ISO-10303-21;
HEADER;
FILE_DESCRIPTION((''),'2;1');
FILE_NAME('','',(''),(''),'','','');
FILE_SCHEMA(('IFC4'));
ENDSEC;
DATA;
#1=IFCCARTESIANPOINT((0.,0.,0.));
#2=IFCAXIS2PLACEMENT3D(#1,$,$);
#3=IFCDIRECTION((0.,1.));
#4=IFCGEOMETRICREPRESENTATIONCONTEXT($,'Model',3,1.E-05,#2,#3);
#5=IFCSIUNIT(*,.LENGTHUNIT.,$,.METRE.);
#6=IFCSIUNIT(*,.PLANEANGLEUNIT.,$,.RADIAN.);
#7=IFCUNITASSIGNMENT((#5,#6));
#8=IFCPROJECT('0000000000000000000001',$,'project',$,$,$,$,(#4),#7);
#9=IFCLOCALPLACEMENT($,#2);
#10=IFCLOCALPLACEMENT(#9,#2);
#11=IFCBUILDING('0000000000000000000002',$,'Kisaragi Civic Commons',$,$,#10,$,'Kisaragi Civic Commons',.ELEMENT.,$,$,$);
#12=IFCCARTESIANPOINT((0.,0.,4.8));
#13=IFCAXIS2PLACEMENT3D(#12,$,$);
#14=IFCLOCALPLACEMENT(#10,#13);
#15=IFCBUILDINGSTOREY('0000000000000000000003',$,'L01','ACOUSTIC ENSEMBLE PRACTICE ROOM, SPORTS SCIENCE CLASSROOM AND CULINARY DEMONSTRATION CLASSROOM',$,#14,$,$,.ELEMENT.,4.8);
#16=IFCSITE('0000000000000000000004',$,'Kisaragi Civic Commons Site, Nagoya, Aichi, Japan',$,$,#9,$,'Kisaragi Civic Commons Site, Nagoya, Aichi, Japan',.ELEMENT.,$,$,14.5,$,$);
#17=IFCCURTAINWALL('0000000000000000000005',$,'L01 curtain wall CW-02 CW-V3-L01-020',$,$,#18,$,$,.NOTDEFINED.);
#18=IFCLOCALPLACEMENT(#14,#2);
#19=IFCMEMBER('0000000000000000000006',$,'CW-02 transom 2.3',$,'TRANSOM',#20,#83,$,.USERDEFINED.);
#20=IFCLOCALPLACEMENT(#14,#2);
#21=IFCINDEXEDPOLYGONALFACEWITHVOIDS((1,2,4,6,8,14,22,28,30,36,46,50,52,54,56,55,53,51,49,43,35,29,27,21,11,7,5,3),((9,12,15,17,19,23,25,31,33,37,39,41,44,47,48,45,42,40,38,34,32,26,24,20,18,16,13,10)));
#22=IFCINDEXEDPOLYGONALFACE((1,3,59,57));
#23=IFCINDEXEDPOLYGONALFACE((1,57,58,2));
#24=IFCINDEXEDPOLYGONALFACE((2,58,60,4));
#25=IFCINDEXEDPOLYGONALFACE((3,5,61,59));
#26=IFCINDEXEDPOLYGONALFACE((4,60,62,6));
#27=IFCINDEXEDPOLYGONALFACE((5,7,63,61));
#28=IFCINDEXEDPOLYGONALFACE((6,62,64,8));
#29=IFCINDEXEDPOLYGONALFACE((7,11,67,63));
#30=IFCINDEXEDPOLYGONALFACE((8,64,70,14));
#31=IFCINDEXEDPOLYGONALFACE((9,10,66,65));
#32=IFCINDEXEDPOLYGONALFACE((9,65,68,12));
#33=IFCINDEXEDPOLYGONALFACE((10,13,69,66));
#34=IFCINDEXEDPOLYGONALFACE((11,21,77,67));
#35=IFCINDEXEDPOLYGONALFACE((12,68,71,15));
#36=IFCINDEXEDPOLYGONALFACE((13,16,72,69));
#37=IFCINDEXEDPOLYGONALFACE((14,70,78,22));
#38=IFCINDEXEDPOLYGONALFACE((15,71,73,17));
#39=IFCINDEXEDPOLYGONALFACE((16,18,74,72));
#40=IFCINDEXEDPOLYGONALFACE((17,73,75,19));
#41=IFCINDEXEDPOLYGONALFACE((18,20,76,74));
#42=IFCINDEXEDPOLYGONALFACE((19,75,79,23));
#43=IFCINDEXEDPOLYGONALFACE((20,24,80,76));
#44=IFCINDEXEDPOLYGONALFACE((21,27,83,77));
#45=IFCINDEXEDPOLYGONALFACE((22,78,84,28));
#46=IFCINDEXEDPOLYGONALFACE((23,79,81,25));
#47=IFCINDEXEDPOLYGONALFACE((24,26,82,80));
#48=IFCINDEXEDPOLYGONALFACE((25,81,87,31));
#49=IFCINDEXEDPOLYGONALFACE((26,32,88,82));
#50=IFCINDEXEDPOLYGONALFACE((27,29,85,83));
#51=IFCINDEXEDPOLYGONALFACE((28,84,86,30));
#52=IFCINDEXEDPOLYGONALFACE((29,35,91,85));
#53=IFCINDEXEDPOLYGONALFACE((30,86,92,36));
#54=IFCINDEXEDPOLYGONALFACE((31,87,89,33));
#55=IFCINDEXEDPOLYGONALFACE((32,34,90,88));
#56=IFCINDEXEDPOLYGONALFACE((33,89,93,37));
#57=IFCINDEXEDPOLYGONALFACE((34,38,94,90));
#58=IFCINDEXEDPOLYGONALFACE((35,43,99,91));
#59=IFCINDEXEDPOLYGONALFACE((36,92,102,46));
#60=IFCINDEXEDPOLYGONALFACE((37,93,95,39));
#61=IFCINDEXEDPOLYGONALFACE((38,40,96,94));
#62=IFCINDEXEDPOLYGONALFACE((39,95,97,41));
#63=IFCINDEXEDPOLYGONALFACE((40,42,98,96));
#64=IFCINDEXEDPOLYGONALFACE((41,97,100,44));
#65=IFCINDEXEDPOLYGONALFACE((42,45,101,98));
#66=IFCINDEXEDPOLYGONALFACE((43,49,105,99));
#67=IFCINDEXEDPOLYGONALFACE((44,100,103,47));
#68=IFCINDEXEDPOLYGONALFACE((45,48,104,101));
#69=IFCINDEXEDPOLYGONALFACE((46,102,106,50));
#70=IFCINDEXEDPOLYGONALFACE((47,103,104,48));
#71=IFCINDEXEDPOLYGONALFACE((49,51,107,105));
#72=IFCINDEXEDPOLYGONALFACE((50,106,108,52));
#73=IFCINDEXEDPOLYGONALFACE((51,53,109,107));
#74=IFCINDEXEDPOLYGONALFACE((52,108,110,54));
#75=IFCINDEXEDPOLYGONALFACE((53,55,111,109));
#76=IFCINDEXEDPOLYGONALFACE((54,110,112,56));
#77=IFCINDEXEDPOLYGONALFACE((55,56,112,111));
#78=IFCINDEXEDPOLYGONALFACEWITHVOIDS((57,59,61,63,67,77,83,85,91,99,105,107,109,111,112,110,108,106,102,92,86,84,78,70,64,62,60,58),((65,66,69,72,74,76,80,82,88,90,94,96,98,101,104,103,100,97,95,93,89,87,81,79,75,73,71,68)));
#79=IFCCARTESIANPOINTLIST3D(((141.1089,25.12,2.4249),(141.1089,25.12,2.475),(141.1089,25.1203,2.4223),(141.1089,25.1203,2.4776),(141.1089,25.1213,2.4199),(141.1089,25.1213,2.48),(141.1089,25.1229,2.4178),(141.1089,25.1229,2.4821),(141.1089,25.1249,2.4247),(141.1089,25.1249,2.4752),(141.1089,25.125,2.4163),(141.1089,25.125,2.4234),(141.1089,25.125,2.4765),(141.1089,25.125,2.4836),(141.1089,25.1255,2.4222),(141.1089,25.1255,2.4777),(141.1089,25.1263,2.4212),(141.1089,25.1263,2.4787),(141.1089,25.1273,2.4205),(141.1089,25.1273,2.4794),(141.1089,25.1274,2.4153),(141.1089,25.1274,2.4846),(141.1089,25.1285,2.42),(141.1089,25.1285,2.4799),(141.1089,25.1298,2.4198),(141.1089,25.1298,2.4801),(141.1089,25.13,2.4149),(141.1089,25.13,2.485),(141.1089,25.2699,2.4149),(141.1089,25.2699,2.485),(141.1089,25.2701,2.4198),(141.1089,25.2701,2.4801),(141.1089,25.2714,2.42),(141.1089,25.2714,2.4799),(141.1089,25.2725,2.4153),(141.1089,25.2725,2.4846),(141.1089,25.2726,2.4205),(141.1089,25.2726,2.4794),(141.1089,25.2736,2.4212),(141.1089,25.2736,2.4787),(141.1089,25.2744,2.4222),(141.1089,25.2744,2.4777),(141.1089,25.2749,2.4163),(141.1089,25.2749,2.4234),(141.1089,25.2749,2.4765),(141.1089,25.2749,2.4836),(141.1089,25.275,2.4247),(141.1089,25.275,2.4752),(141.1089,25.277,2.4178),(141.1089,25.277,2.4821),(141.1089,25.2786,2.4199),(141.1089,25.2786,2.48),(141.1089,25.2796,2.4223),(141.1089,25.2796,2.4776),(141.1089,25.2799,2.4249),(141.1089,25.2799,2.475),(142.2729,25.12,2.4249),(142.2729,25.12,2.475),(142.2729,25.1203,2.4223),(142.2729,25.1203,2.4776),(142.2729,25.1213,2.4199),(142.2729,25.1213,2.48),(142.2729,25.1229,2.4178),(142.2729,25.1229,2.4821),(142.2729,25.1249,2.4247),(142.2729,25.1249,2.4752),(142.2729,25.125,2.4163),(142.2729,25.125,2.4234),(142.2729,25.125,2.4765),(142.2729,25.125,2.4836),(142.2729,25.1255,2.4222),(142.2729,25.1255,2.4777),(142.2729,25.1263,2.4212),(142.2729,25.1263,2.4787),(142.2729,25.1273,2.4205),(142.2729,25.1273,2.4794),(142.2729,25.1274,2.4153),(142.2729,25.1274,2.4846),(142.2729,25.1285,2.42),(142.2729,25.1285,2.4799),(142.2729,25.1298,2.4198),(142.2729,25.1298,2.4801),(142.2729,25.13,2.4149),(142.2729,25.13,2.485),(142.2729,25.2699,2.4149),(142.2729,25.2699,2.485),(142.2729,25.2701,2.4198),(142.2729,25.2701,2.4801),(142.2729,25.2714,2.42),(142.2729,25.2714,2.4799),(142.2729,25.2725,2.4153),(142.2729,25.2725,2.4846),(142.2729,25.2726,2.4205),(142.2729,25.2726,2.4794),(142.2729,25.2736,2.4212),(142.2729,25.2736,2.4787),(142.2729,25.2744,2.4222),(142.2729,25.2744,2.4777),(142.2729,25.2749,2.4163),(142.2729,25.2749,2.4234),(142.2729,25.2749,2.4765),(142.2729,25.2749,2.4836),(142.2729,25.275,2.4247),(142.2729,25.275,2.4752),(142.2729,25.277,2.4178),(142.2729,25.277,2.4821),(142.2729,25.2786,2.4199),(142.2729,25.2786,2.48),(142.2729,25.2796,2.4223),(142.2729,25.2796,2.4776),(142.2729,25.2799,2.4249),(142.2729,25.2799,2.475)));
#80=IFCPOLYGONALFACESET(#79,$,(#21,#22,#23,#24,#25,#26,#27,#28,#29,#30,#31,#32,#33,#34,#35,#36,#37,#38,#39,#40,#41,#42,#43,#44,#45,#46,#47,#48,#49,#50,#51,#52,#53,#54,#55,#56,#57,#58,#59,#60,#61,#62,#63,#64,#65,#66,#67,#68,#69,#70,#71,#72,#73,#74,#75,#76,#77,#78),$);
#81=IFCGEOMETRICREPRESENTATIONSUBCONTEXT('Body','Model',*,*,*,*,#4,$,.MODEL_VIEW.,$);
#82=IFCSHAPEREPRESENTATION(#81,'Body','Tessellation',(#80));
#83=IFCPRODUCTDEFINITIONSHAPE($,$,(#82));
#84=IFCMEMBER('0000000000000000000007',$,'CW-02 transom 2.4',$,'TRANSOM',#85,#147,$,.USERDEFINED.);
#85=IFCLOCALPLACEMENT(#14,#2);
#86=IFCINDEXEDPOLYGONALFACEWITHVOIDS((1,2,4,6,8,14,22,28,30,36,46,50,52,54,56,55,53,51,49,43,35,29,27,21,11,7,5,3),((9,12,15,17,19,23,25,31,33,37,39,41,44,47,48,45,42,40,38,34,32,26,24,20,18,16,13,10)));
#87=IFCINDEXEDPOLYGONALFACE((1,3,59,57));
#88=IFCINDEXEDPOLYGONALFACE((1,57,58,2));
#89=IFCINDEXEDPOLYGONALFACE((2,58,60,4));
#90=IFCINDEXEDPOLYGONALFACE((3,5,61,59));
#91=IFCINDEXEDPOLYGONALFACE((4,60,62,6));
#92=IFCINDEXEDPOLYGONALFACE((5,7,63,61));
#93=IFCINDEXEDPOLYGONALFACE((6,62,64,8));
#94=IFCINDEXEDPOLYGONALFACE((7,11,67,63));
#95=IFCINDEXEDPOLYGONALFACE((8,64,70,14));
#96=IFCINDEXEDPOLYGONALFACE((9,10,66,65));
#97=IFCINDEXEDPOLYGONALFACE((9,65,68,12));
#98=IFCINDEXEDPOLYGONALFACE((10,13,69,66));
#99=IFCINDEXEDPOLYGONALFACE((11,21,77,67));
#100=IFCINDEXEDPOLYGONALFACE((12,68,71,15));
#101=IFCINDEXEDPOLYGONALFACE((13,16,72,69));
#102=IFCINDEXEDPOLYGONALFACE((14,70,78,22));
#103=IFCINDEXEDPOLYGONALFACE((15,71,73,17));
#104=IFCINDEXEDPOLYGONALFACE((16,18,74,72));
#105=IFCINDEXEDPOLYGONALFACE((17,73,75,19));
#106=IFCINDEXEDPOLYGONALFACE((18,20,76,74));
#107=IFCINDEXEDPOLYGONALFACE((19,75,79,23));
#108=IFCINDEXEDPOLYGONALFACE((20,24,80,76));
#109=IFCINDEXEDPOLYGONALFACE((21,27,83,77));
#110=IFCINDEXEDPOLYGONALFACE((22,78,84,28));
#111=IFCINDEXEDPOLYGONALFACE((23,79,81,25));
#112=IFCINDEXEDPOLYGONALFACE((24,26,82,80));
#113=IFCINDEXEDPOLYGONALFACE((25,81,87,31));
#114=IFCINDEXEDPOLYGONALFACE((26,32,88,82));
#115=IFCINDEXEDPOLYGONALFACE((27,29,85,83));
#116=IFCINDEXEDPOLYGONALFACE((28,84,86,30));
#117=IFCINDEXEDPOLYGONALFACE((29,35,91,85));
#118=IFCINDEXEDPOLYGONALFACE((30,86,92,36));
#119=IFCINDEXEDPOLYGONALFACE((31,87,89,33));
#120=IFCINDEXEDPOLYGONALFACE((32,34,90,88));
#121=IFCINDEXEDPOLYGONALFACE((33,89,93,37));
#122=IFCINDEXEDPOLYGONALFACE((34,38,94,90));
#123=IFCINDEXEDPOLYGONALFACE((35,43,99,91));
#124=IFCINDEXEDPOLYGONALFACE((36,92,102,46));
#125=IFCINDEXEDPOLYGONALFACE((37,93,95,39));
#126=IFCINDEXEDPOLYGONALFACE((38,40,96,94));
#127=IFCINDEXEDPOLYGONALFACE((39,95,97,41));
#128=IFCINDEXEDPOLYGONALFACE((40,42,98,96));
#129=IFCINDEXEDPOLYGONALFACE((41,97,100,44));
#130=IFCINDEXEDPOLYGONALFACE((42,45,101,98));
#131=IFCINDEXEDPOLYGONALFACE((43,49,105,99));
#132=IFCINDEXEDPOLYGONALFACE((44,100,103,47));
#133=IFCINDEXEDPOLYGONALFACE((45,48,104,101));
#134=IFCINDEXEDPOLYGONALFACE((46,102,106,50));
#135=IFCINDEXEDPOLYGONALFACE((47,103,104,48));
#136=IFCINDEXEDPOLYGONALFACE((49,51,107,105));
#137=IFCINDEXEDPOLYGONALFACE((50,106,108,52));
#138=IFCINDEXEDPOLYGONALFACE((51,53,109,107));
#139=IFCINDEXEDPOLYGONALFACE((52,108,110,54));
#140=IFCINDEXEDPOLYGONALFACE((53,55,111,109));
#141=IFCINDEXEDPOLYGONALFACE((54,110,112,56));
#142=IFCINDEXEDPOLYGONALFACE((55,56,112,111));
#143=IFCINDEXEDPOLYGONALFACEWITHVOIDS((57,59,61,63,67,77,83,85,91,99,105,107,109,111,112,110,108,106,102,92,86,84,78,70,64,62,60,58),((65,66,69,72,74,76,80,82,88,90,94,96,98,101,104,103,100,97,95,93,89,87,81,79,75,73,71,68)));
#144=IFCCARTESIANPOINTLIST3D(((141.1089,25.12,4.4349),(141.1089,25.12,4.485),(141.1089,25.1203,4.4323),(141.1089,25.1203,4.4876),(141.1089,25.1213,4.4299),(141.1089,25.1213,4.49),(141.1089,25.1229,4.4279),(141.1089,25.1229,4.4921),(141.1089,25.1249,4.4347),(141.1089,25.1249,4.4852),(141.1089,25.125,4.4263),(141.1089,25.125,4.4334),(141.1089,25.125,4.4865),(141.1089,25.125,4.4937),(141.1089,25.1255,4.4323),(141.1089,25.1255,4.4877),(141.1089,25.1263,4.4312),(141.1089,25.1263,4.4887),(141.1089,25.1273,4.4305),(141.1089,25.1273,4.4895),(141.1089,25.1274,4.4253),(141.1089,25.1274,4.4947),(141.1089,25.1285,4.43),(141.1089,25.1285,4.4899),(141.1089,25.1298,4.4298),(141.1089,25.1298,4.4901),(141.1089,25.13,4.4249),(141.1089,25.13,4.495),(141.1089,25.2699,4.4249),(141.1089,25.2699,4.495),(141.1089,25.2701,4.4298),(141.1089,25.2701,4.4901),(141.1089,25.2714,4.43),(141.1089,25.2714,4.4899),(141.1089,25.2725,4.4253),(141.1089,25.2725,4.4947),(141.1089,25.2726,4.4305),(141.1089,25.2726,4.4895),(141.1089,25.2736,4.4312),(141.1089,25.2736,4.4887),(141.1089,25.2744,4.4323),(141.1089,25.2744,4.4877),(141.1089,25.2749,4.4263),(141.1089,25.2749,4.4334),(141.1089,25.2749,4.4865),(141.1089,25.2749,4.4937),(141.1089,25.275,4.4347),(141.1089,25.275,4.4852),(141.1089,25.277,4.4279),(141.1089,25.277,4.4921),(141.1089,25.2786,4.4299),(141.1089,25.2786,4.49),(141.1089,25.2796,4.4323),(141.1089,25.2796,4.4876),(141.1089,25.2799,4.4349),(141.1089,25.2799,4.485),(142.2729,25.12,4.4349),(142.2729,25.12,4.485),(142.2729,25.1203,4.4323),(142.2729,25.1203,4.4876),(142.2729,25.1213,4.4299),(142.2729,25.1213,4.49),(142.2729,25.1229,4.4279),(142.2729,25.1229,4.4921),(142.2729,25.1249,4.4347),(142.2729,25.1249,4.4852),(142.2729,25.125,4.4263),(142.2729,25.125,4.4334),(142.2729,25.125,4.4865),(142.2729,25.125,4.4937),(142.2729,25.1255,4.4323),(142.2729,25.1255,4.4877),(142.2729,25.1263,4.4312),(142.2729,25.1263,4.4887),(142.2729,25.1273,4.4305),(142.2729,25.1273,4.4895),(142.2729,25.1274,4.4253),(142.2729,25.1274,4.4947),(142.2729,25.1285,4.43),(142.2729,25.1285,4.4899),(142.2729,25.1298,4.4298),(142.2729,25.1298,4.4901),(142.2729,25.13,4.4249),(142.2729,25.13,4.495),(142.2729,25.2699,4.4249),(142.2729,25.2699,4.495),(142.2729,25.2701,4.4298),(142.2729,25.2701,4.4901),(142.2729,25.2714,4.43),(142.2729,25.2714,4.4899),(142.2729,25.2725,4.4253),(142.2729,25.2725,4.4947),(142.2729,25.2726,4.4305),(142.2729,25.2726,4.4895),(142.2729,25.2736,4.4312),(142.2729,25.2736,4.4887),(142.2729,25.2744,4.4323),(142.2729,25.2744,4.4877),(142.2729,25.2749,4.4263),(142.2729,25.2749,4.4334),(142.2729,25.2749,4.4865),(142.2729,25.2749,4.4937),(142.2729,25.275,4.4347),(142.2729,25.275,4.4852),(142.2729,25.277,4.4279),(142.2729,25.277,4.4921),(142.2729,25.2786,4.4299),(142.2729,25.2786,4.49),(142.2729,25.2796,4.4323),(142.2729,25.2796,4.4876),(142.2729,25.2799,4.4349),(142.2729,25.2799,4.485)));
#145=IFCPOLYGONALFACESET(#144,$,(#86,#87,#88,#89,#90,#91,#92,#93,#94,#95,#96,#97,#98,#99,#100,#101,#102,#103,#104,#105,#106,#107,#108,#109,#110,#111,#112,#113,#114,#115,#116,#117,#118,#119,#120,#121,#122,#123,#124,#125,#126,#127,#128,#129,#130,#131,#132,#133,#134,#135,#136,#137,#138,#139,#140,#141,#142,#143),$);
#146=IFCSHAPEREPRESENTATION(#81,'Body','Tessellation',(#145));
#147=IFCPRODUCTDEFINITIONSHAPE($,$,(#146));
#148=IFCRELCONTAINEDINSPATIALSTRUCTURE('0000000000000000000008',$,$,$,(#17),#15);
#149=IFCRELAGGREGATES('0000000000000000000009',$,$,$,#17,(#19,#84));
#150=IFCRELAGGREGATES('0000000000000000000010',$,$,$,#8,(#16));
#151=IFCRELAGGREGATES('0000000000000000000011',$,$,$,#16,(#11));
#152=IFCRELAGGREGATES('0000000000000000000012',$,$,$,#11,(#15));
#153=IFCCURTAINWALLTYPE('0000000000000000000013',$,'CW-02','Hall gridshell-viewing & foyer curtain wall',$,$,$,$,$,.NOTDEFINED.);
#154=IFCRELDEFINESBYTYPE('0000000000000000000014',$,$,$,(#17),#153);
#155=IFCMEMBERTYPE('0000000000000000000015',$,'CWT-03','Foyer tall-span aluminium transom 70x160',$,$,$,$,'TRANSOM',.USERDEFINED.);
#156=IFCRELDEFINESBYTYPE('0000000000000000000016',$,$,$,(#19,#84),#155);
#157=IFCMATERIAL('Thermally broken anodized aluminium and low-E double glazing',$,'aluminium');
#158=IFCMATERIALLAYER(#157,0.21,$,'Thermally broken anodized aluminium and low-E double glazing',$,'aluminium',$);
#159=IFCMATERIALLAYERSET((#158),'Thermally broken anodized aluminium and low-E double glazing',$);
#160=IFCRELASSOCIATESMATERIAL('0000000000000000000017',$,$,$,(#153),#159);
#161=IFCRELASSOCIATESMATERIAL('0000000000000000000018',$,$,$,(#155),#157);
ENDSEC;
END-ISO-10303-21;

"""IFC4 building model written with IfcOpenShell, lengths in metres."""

from ifc_helpers import new_model, si_unit, direction, frame, origin, origin_2d, place, context, subcontext, project, spatial, hollow_rectangle, extrude, material, layer, layer_set, material_profile, profile_set, type_object, element, aggregate, save


model = new_model("IFC4")

# Units and contexts
model_context = context("Model", 3, precision=1e-05, world=origin(), true_north=direction((0.0, 1.0)))
body_context = subcontext(model_context, "Body", "Model", "MODEL_VIEW")
ifc_project = project(units=[si_unit("LENGTHUNIT", "METRE"), si_unit("PLANEANGLEUNIT", "RADIAN")], contexts=[model_context])

# Site, building, storey
site_placement = place(None, origin())
site = spatial("IfcSite", under=ifc_project, at=site_placement, Name="Kisaragi Civic Commons Site, Nagoya, Aichi, Japan", LongName="Kisaragi Civic Commons Site, Nagoya, Aichi, Japan", CompositionType="ELEMENT", RefElevation=14.5)
building_placement = place(site_placement, origin())
building = spatial("IfcBuilding", under=site, at=building_placement, Name="Kisaragi Civic Commons", LongName="Kisaragi Civic Commons", CompositionType="ELEMENT")
storey_placement = place(building_placement, frame((0.0, 0.0, 4.8)))
storey = spatial("IfcBuildingStorey", under=building, at=storey_placement, Name="L01", Description="ACOUSTIC ENSEMBLE PRACTICE ROOM, SPORTS SCIENCE CLASSROOM AND CULINARY DEMONSTRATION CLASSROOM", CompositionType="ELEMENT", Elevation=4.8)

# Shared definitions
ifc_material = material(Name="Thermally broken anodized aluminium and low-E double glazing", Category="aluminium")
ifc_layer_1 = layer(ifc_material, 0.21, Name="Thermally broken anodized aluminium and low-E double glazing", Category="aluminium")
ifc_layer_set_1 = layer_set([ifc_layer_1], Name="Thermally broken anodized aluminium and low-E double glazing")
curtain_wall_type = type_object("IfcCurtainWallType", Name="CW-02", Description="Hall gridshell-viewing & foyer curtain wall", PredefinedType="NOTDEFINED", material=ifc_layer_set_1)

# Curtain wall, members
curtain_wall_1_placement = place(storey_placement, origin())
curtain_wall_1 = element("IfcCurtainWall", 1, at=curtain_wall_1_placement, inside=storey, type_object=curtain_wall_type, Name="L01 curtain wall CW-02 CW-V3-L01-020", PredefinedType="NOTDEFINED")
ifc_material_profile_1 = material_profile(ifc_material, hollow_rectangle(XDim=0.1599, YDim=0.0701, WallThickness=0.0049, InnerFilletRadius=0.0049, OuterFilletRadius=0.01, at=origin_2d()), Name="CWT-70x160x5", Category="aluminium")
ifc_profile_set_1 = profile_set([ifc_material_profile_1], Name="Thermally broken anodized aluminium and low-E double glazing")
member_type_1 = type_object("IfcMemberType", Name="CWT-03", Description="Foyer tall-span aluminium transom 70x160", ElementType="TRANSOM", PredefinedType="USERDEFINED", material=ifc_profile_set_1)
member_1_placement = place(storey_placement, frame((141.1089, 25.2, 2.45), z_axis=(1.0, 0.0, 0.0), x_axis=(0.0, 1.0, 0.0)))
member_1 = element("IfcMember", 2, at=member_1_placement, type_object=member_type_1, Name="CW-02 transom 2.3", ObjectType="TRANSOM", PredefinedType="USERDEFINED", context=body_context, shape_type="SweptSolid", body=[
    extrude(hollow_rectangle(XDim=0.1599, YDim=0.0701, WallThickness=0.0049, InnerFilletRadius=0.0049, OuterFilletRadius=0.01, at=origin_2d()), origin(), (0.0, 0.0, 1.0), 1.1641),
])
member_2_placement = place(storey_placement, frame((141.1089, 25.2, 4.46), z_axis=(1.0, 0.0, 0.0), x_axis=(0.0, 1.0, 0.0)))
member_2 = element("IfcMember", 3, at=member_2_placement, type_object=member_type_1, Name="CW-02 transom 2.4", ObjectType="TRANSOM", PredefinedType="USERDEFINED", context=body_context, shape_type="SweptSolid", body=[
    extrude(hollow_rectangle(XDim=0.1599, YDim=0.0701, WallThickness=0.0049, InnerFilletRadius=0.0049, OuterFilletRadius=0.01, at=origin_2d()), origin(), (0.0, 0.0, 1.0), 1.1641),
])

aggregate(curtain_wall_1, [member_1, member_2])

save(model, "model.ifc")
